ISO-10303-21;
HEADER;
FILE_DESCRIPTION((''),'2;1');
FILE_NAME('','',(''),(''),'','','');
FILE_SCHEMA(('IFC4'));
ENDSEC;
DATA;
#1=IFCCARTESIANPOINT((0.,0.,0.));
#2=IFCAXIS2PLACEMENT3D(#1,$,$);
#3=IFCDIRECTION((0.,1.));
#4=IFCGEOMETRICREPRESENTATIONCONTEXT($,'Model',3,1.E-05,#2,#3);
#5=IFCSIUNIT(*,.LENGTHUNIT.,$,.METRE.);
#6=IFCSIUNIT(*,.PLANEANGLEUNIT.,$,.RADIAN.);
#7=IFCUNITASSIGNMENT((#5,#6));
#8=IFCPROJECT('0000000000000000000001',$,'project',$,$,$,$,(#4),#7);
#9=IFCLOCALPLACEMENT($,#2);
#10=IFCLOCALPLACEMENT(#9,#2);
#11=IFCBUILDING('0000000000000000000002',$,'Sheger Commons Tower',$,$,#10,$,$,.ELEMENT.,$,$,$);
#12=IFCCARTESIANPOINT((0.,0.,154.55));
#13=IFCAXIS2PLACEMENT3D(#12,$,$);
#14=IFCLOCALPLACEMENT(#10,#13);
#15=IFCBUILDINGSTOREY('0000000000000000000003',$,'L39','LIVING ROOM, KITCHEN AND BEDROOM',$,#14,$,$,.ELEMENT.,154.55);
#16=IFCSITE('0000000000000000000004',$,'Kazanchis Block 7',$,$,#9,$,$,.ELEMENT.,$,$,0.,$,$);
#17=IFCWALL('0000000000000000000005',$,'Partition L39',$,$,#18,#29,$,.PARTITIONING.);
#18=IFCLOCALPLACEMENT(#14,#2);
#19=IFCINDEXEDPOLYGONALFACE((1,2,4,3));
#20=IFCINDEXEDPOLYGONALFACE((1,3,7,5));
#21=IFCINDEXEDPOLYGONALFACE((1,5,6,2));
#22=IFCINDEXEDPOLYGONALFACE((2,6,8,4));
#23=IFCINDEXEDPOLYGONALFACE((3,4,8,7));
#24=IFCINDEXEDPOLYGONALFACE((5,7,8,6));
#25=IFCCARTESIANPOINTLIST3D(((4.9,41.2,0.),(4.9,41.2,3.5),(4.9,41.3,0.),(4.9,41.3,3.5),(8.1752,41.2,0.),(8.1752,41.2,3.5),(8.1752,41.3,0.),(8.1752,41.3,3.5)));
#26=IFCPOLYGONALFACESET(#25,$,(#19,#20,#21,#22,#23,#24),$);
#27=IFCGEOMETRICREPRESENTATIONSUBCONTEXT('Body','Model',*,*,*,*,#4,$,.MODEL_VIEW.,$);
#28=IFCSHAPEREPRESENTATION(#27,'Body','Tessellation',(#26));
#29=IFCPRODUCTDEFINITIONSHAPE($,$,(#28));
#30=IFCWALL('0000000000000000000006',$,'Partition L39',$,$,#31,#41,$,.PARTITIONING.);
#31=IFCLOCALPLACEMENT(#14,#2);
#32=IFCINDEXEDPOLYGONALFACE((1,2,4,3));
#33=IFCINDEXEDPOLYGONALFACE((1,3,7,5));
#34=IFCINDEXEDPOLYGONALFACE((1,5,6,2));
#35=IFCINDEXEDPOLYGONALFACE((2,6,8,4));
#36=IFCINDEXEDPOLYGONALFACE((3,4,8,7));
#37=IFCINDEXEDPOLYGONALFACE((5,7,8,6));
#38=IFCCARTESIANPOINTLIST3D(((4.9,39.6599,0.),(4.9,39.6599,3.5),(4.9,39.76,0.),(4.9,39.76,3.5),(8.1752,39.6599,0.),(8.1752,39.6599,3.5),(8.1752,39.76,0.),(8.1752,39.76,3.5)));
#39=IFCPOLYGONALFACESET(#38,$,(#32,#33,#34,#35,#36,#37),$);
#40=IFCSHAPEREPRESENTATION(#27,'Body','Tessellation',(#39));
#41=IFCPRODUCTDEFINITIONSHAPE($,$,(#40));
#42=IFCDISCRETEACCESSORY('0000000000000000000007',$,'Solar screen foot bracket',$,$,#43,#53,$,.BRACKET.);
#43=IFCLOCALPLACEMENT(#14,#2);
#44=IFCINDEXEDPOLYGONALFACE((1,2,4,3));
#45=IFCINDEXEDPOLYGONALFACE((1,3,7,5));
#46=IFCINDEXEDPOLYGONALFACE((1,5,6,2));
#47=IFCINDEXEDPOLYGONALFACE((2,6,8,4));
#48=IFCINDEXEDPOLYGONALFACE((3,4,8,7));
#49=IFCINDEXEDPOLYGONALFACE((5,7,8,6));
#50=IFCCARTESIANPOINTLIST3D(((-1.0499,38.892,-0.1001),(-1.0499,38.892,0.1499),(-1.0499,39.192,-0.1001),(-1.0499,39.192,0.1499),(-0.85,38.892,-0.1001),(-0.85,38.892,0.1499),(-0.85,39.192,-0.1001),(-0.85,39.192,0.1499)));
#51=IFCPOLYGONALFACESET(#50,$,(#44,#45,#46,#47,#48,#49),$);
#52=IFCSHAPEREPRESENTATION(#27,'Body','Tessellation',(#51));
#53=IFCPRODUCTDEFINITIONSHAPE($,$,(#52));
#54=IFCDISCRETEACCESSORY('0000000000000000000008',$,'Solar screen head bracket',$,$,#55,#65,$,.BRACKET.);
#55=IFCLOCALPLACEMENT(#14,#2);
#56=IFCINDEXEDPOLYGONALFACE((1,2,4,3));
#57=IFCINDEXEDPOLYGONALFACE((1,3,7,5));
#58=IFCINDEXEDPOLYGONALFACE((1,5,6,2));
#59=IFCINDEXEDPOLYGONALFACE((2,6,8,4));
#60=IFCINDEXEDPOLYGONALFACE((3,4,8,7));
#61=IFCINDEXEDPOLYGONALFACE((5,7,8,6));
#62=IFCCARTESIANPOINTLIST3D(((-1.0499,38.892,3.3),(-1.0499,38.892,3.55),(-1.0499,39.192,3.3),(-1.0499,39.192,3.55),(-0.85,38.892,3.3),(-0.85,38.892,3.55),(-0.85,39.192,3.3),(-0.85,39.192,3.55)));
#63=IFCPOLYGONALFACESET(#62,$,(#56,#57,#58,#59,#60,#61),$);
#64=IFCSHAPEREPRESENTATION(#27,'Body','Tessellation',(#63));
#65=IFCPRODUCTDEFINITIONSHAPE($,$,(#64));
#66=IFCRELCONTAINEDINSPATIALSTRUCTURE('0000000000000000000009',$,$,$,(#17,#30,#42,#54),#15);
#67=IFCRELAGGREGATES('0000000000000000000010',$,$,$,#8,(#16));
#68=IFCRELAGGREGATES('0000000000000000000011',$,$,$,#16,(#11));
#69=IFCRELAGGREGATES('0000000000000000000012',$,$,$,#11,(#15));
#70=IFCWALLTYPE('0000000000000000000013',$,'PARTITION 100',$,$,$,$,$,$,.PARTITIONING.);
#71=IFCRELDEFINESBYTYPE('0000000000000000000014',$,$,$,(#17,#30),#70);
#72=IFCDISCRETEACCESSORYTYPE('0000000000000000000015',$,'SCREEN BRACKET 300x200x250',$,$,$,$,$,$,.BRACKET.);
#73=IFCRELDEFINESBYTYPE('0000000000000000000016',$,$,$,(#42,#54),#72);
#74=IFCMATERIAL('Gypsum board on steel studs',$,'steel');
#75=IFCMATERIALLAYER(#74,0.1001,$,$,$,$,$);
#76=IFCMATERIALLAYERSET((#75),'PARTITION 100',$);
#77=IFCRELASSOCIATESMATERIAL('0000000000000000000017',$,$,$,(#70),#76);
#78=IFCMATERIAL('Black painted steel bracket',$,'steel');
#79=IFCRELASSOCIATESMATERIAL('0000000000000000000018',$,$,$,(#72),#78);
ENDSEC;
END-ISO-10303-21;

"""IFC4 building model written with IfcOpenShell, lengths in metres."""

from ifc_helpers import new_model, si_unit, direction, frame, frame_2d, origin, origin_2d, place, context, subcontext, project, spatial, rectangle, extrude, material, layer, layer_set, type_object, element, save


model = new_model("IFC4")

# Units and contexts
model_context = context("Model", 3, precision=1e-05, world=origin(), true_north=direction((0.0, 1.0)))
body_context = subcontext(model_context, "Body", "Model", "MODEL_VIEW")
ifc_project = project(units=[si_unit("LENGTHUNIT", "METRE"), si_unit("PLANEANGLEUNIT", "RADIAN")], contexts=[model_context])

# Site, building, storey
site_placement = place(None, origin())
site = spatial("IfcSite", under=ifc_project, at=site_placement, Name="Kazanchis Block 7", CompositionType="ELEMENT", RefElevation=0.0)
building_placement = place(site_placement, origin())
building = spatial("IfcBuilding", under=site, at=building_placement, Name="Sheger Commons Tower", CompositionType="ELEMENT")
storey_placement = place(building_placement, frame((0.0, 0.0, 154.55)))
storey = spatial("IfcBuildingStorey", under=building, at=storey_placement, Name="L39", Description="LIVING ROOM, KITCHEN AND BEDROOM", CompositionType="ELEMENT", Elevation=154.55)

# Shared definitions
ifc_material_1 = material(Name="Gypsum board on steel studs", Category="steel")
ifc_layer_1 = layer(ifc_material_1, 0.1001)
ifc_layer_set_1 = layer_set([ifc_layer_1], Name="PARTITION 100")
wall_type = type_object("IfcWallType", Name="PARTITION 100", PredefinedType="PARTITIONING", material=ifc_layer_set_1)

# Walls
for number, where, z_axis, x_axis, name in (
    (1, (4.8999, 41.25, 0.0), (0.0, 0.0, 1.0), (1.0, 0.0, 0.0), "Partition L39"),
    (2, (4.8999, 39.71, 0.0), (0.0, 0.0, 1.0), (1.0, 0.0, 0.0), "Partition L39"),
):
    element("IfcWall", number, at=place(storey_placement, frame(where, z_axis=z_axis, x_axis=x_axis)), inside=storey, type_object=wall_type, Name=name, PredefinedType="PARTITIONING", context=body_context, shape_type="SweptSolid", body=[
        extrude(rectangle(XDim=3.2751, YDim=0.1001, at=frame_2d((1.6377, 0.0))), origin(), (0.0, 0.0, 1.0), 3.5),
    ])

# Discrete accessories
ifc_material_2 = material(Name="Black painted steel bracket", Category="steel")
discrete_accessory_type = type_object("IfcDiscreteAccessoryType", Name="SCREEN BRACKET 300x200x250", PredefinedType="BRACKET", material=ifc_material_2)
for number, where, z_axis, x_axis, name in (
    (3, (-0.95, 39.042, -0.1001), (0.0, 0.0, 1.0), (0.0, -1.0, 0.0), "Solar screen foot bracket"),
    (4, (-0.95, 39.042, 3.3), (0.0, 0.0, 1.0), (0.0, -1.0, 0.0), "Solar screen head bracket"),
):
    element("IfcDiscreteAccessory", number, at=place(storey_placement, frame(where, z_axis=z_axis, x_axis=x_axis)), inside=storey, type_object=discrete_accessory_type, Name=name, PredefinedType="BRACKET", context=body_context, shape_type="SweptSolid", body=[
        extrude(rectangle(XDim=0.3, YDim=0.2, at=origin_2d()), origin(), (0.0, 0.0, 1.0), 0.25),
    ])

save(model, "model.ifc")
